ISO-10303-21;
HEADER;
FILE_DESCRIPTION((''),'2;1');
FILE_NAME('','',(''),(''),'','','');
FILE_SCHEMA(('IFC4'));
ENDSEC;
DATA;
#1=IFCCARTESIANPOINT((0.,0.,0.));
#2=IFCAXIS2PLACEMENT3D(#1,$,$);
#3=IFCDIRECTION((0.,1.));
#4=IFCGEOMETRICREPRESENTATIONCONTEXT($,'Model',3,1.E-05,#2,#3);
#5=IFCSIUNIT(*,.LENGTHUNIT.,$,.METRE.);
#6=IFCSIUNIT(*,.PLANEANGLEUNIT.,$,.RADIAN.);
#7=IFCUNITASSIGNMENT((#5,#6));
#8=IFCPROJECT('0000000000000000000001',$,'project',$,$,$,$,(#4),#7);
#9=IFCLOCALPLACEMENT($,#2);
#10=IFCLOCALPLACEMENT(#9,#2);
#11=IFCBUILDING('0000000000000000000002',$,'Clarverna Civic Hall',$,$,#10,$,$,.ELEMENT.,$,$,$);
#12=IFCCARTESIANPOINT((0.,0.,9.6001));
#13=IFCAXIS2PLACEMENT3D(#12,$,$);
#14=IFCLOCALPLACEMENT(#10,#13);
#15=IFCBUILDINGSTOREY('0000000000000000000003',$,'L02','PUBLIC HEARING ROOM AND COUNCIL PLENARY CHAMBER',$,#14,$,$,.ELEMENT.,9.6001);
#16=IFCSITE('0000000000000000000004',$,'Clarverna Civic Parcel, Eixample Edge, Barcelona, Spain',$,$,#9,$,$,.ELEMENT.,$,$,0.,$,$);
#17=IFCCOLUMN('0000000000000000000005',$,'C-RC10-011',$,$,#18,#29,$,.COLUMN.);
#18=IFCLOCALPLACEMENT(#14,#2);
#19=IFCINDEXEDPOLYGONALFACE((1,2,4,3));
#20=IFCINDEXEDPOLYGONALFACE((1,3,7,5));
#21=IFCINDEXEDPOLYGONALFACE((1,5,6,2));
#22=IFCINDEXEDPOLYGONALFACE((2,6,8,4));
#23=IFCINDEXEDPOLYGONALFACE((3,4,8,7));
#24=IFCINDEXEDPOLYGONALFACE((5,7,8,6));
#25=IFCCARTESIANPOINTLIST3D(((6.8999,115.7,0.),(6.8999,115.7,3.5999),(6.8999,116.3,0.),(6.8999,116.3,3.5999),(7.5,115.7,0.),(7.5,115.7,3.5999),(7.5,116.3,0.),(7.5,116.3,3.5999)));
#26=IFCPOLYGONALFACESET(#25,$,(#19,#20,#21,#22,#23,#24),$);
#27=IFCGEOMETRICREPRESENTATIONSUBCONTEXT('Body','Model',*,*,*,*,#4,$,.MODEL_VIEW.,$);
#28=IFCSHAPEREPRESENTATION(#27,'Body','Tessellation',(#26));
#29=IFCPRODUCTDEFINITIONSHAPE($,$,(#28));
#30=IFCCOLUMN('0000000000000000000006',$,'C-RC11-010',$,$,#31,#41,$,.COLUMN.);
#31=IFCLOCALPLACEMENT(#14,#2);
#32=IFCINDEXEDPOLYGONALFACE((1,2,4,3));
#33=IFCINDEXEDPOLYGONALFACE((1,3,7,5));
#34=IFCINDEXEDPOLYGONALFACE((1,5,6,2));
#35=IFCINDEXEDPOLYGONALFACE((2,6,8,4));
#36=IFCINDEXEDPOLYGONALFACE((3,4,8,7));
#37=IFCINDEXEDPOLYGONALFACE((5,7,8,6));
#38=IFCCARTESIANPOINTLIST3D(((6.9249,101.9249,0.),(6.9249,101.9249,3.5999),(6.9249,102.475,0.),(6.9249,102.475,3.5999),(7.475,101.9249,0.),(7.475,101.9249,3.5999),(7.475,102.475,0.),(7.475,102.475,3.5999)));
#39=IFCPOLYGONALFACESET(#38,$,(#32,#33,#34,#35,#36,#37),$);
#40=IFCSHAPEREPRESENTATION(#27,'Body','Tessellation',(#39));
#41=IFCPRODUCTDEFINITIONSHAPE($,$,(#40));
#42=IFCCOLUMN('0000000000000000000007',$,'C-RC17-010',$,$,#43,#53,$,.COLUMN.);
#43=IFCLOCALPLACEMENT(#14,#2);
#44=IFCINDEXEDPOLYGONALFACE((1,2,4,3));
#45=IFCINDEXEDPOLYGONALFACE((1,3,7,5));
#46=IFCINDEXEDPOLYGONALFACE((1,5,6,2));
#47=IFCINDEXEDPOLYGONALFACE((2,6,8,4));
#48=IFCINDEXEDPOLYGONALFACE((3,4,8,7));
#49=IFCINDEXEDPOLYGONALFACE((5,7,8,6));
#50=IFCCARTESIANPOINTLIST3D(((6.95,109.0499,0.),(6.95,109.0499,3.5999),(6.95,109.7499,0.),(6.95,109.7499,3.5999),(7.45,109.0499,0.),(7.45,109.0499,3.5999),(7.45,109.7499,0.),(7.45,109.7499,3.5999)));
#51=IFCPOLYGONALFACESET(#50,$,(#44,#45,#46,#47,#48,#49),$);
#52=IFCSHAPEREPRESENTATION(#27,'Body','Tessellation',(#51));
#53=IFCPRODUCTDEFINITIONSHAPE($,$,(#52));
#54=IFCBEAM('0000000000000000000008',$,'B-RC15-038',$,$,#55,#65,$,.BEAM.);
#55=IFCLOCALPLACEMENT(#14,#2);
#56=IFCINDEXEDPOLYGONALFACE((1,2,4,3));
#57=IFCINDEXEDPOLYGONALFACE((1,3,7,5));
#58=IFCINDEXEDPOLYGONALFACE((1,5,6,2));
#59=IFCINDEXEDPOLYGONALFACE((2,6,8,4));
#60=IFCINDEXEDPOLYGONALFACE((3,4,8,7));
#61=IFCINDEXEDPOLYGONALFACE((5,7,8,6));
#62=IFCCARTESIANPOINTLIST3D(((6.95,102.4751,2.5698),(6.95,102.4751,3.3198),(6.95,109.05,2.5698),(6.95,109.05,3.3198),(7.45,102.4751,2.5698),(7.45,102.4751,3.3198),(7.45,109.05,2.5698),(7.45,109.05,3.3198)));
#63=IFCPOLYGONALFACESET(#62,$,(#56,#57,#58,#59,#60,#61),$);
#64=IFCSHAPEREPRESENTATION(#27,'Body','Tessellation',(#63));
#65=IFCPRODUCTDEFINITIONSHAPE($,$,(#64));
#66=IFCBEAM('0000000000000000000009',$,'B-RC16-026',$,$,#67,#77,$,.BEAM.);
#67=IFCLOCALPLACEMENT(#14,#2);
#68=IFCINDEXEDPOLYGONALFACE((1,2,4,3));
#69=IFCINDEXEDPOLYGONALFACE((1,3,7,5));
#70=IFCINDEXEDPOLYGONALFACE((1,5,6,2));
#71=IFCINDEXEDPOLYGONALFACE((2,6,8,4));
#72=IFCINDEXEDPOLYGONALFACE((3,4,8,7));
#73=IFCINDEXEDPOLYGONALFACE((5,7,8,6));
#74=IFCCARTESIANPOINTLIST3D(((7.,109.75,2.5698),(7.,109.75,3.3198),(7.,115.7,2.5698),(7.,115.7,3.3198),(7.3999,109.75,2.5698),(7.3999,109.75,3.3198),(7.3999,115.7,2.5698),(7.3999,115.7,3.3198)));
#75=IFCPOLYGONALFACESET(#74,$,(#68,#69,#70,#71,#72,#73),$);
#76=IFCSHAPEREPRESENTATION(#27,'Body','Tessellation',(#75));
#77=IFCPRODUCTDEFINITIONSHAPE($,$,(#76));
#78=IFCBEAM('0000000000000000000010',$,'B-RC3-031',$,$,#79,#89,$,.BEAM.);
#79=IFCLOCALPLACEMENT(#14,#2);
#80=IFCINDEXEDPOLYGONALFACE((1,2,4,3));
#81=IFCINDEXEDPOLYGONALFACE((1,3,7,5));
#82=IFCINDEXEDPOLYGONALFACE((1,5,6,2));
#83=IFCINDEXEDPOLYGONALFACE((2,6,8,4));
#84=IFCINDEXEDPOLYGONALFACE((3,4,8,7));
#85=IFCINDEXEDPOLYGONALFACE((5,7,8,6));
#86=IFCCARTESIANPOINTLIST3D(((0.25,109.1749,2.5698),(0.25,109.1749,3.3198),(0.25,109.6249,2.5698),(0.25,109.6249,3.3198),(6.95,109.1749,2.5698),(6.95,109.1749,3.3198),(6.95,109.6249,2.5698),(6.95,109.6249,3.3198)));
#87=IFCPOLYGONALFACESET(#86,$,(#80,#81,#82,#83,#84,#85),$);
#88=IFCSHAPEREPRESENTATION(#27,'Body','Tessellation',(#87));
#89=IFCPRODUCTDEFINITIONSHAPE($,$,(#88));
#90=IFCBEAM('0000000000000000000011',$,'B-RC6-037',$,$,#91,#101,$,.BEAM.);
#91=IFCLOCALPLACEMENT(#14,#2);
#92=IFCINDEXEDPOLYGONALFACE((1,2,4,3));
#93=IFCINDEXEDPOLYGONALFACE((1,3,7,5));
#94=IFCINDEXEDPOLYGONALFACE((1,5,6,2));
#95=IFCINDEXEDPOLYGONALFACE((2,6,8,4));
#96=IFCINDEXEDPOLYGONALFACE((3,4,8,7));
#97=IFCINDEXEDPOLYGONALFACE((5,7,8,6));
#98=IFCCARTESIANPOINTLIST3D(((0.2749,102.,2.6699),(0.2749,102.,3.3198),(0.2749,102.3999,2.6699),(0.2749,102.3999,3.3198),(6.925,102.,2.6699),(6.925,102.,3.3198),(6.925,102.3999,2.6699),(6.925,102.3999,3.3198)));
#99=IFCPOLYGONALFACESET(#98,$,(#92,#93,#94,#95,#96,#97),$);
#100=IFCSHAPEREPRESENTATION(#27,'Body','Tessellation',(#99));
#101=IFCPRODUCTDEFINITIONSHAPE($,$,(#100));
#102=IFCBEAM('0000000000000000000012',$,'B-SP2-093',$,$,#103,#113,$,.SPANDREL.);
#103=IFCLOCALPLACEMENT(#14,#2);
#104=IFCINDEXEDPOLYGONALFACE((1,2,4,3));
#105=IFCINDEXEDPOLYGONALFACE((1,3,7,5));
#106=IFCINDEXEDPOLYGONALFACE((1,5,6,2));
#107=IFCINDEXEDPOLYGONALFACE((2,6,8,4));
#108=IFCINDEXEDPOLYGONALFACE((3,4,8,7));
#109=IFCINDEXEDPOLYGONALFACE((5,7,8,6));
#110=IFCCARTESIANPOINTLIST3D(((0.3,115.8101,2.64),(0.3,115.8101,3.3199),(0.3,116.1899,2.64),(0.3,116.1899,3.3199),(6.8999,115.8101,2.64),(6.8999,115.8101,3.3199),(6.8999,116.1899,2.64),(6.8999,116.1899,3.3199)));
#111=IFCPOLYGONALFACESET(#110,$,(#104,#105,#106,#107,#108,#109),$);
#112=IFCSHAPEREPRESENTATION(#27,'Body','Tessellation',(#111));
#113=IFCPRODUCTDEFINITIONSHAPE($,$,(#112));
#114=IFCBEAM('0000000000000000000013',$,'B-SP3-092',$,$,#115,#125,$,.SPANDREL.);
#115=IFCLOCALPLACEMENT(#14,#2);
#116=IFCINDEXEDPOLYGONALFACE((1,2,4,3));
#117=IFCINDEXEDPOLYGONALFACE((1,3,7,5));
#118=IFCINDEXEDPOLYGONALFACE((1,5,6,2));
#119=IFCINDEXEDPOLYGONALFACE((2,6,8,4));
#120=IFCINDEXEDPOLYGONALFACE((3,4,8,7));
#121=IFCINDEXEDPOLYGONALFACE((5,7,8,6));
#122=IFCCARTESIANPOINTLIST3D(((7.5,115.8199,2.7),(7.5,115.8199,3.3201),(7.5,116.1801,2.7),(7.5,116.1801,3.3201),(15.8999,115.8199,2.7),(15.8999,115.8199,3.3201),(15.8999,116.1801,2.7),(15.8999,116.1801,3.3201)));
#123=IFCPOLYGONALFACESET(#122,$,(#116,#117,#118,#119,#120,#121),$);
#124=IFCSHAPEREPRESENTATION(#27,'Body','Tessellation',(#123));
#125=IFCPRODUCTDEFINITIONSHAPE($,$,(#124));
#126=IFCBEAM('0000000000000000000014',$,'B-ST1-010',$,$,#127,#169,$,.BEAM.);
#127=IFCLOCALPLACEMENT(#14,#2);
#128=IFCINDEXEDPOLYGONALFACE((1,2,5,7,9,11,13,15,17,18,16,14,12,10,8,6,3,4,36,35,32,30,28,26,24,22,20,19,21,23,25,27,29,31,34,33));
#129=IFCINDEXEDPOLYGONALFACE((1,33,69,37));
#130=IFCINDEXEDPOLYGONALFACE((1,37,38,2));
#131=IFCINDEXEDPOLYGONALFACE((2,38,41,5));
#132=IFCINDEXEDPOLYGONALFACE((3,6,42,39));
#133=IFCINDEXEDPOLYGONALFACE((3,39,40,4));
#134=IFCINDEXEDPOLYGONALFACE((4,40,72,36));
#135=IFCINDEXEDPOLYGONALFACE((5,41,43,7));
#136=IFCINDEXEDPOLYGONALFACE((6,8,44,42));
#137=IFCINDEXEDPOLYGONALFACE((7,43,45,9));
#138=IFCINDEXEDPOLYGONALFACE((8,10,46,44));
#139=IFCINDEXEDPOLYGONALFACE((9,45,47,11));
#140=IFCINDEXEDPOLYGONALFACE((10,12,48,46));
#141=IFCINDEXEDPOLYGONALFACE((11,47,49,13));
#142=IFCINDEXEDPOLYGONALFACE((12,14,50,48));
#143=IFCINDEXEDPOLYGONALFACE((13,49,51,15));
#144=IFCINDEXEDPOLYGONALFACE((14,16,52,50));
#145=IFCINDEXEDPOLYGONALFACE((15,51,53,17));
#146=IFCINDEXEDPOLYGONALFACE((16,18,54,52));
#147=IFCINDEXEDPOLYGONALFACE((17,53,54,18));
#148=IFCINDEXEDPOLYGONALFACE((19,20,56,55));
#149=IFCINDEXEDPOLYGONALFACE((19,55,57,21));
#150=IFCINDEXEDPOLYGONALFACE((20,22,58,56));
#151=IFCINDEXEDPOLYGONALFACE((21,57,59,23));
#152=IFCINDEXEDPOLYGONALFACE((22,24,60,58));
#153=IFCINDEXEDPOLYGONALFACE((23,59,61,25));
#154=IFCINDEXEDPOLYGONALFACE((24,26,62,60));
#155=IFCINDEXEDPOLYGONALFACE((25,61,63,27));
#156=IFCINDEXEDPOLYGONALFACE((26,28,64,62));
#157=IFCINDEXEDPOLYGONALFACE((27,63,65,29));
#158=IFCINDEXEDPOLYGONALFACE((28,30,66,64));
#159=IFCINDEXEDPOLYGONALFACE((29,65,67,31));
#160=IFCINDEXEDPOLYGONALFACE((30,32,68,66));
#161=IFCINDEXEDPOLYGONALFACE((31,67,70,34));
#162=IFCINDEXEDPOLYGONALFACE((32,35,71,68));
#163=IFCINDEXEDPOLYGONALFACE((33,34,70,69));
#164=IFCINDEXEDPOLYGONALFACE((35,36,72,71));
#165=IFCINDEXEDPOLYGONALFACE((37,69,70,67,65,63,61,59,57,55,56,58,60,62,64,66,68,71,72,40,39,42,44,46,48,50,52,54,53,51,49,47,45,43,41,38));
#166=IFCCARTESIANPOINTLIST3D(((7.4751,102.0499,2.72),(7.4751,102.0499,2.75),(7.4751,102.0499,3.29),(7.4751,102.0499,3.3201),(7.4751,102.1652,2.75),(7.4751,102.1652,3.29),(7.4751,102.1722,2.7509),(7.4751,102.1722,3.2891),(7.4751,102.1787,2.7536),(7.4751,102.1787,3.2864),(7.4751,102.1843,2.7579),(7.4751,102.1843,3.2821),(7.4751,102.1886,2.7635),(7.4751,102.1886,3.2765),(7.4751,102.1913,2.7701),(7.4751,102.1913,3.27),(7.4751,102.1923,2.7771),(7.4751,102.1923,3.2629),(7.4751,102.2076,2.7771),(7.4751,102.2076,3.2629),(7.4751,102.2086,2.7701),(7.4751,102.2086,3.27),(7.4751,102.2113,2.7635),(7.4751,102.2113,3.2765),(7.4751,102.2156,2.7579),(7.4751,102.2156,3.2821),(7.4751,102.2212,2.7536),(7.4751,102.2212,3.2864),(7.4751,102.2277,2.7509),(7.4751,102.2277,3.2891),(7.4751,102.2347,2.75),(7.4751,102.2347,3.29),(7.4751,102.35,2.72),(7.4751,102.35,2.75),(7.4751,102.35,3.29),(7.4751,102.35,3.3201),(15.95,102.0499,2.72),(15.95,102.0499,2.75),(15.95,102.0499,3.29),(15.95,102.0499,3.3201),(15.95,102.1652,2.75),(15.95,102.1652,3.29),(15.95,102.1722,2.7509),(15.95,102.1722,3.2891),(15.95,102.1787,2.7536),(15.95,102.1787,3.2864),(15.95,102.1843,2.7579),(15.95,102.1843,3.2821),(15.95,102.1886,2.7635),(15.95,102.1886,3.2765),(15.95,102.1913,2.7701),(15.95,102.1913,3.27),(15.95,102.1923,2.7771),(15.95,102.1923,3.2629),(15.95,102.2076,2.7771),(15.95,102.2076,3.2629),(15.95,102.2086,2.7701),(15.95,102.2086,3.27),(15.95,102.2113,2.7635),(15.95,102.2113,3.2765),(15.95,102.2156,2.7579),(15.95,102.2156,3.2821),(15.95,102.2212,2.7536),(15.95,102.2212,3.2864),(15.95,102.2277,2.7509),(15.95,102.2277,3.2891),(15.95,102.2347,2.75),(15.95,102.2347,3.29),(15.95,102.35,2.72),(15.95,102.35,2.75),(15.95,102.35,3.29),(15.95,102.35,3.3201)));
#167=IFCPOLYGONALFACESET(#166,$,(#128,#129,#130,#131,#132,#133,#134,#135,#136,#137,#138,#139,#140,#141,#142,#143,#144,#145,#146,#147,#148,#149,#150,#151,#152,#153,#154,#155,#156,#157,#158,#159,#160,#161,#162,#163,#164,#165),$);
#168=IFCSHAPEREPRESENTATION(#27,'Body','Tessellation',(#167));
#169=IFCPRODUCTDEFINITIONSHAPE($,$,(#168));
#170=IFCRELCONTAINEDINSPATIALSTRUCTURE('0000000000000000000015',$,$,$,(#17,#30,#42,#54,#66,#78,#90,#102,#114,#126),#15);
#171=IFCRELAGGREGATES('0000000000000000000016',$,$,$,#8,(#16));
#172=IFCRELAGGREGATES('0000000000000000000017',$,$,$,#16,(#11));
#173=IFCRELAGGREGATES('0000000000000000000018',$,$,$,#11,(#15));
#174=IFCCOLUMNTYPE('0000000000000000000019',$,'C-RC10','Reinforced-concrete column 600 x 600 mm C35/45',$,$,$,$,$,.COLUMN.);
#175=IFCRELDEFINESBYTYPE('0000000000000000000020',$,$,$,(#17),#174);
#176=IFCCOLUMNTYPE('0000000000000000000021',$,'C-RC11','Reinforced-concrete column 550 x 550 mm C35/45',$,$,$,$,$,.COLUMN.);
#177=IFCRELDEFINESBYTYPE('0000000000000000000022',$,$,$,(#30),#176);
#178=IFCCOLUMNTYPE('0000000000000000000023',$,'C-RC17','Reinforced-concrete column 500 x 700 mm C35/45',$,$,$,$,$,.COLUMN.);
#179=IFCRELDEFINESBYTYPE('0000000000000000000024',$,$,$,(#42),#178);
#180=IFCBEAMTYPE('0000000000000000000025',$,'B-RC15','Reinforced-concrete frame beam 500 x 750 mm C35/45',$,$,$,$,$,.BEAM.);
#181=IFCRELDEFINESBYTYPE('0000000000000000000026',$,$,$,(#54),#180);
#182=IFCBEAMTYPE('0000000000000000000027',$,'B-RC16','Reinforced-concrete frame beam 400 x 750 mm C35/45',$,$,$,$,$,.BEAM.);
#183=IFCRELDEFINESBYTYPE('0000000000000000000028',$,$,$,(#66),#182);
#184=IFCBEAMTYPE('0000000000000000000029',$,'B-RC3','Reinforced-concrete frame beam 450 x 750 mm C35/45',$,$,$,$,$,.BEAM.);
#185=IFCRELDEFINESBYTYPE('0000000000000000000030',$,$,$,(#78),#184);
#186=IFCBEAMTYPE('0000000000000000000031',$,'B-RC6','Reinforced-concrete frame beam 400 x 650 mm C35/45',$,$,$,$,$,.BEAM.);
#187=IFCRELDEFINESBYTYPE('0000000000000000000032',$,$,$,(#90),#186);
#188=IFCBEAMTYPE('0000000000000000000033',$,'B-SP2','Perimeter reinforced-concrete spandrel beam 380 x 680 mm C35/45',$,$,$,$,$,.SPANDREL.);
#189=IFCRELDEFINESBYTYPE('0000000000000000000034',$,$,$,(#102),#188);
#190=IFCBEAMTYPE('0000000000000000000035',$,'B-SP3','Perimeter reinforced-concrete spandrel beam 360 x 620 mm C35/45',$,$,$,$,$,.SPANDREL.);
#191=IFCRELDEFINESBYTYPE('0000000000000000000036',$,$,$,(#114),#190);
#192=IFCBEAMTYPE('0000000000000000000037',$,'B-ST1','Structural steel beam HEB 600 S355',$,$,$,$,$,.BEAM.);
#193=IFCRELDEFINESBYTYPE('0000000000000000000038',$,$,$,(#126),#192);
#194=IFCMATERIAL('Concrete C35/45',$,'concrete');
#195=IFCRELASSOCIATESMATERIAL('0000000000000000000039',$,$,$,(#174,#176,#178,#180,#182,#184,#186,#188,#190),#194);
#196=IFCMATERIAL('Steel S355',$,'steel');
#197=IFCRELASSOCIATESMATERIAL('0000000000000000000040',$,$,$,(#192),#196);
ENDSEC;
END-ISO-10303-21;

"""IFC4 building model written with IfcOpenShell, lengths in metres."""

from ifc_helpers import new_model, si_unit, direction, frame, origin, origin_2d, place, context, subcontext, project, spatial, rectangle, i_section, extrude, material, material_profile, profile_set, type_object, element, save


model = new_model("IFC4")

# Units and contexts
model_context = context("Model", 3, precision=1e-05, world=origin(), true_north=direction((0.0, 1.0)))
body_context = subcontext(model_context, "Body", "Model", "MODEL_VIEW")
ifc_project = project(units=[si_unit("LENGTHUNIT", "METRE"), si_unit("PLANEANGLEUNIT", "RADIAN")], contexts=[model_context])

# Site, building, storey
site_placement = place(None, origin())
site = spatial("IfcSite", under=ifc_project, at=site_placement, Name="Clarverna Civic Parcel, Eixample Edge, Barcelona, Spain", CompositionType="ELEMENT", RefElevation=0.0)
building_placement = place(site_placement, origin())
building = spatial("IfcBuilding", under=site, at=building_placement, Name="Clarverna Civic Hall", CompositionType="ELEMENT")
storey_placement = place(building_placement, frame((0.0, 0.0, 9.6001)))
storey = spatial("IfcBuildingStorey", under=building, at=storey_placement, Name="L02", Description="PUBLIC HEARING ROOM AND COUNCIL PLENARY CHAMBER", CompositionType="ELEMENT", Elevation=9.6001)

# Columns
ifc_material_1 = material(Name="Concrete C35/45", Category="concrete")
ifc_material_profile_1 = material_profile(ifc_material_1, rectangle(XDim=0.6001, YDim=0.6001, at=origin_2d()), Name="RC 600x600")
ifc_profile_set_1 = profile_set([ifc_material_profile_1], Name="Concrete C35/45")
column_type_1 = type_object("IfcColumnType", Name="C-RC10", Description="Reinforced-concrete column 600 x 600 mm C35/45", PredefinedType="COLUMN", material=ifc_profile_set_1)
column_1_placement = place(storey_placement, frame((7.2, 116.0, 0.0), z_axis=(0.0, 0.0, 1.0), x_axis=(1.0, 0.0, 0.0)))
element("IfcColumn", 1, at=column_1_placement, inside=storey, type_object=column_type_1, Name="C-RC10-011", PredefinedType="COLUMN", context=body_context, shape_type="SweptSolid", body=[
    extrude(rectangle(XDim=0.6001, YDim=0.6001, at=origin_2d()), origin(), (0.0, 0.0, 1.0), 3.5999),
])
ifc_material_profile_2 = material_profile(ifc_material_1, rectangle(XDim=0.55, YDim=0.55, at=origin_2d()), Name="RC 550x550")
ifc_profile_set_2 = profile_set([ifc_material_profile_2], Name="Concrete C35/45")
column_type_2 = type_object("IfcColumnType", Name="C-RC11", Description="Reinforced-concrete column 550 x 550 mm C35/45", PredefinedType="COLUMN", material=ifc_profile_set_2)
column_2_placement = place(storey_placement, frame((7.2, 102.2, 0.0), z_axis=(0.0, 0.0, 1.0), x_axis=(1.0, 0.0, 0.0)))
element("IfcColumn", 2, at=column_2_placement, inside=storey, type_object=column_type_2, Name="C-RC11-010", PredefinedType="COLUMN", context=body_context, shape_type="SweptSolid", body=[
    extrude(rectangle(XDim=0.55, YDim=0.55, at=origin_2d()), origin(), (0.0, 0.0, 1.0), 3.5999),
])
ifc_material_profile_3 = material_profile(ifc_material_1, rectangle(XDim=0.5, YDim=0.7, at=origin_2d()), Name="RC 500x700")
ifc_profile_set_3 = profile_set([ifc_material_profile_3], Name="Concrete C35/45")
column_type_3 = type_object("IfcColumnType", Name="C-RC17", Description="Reinforced-concrete column 500 x 700 mm C35/45", PredefinedType="COLUMN", material=ifc_profile_set_3)
column_3_placement = place(storey_placement, frame((7.2, 109.3999, 0.0), z_axis=(0.0, 0.0, 1.0), x_axis=(1.0, 0.0, 0.0)))
element("IfcColumn", 3, at=column_3_placement, inside=storey, type_object=column_type_3, Name="C-RC17-010", PredefinedType="COLUMN", context=body_context, shape_type="SweptSolid", body=[
    extrude(rectangle(XDim=0.5, YDim=0.7, at=origin_2d()), origin(), (0.0, 0.0, 1.0), 3.5999),
])

# Beams
ifc_material_profile_4 = material_profile(ifc_material_1, rectangle(XDim=0.5, YDim=0.75, at=origin_2d()), Name="RC 500x750")
ifc_profile_set_4 = profile_set([ifc_material_profile_4], Name="Concrete C35/45")
beam_type_1 = type_object("IfcBeamType", Name="B-RC15", Description="Reinforced-concrete frame beam 500 x 750 mm C35/45", PredefinedType="BEAM", material=ifc_profile_set_4)
beam_1_placement = place(storey_placement, frame((7.2, 102.4751, 2.9448), z_axis=(0.0, 1.0, 0.0), x_axis=(-1.0, 0.0, 0.0)))
element("IfcBeam", 4, at=beam_1_placement, inside=storey, type_object=beam_type_1, Name="B-RC15-038", PredefinedType="BEAM", context=body_context, shape_type="SweptSolid", body=[
    extrude(rectangle(XDim=0.5, YDim=0.75, at=origin_2d()), origin(), (0.0, 0.0, 1.0), 6.575),
])
ifc_material_profile_5 = material_profile(ifc_material_1, rectangle(XDim=0.3999, YDim=0.75, at=origin_2d()), Name="RC 400x750")
ifc_profile_set_5 = profile_set([ifc_material_profile_5], Name="Concrete C35/45")
beam_type_2 = type_object("IfcBeamType", Name="B-RC16", Description="Reinforced-concrete frame beam 400 x 750 mm C35/45", PredefinedType="BEAM", material=ifc_profile_set_5)
beam_2_placement = place(storey_placement, frame((7.2, 109.75, 2.9448), z_axis=(0.0, 1.0, 0.0), x_axis=(-1.0, 0.0, 0.0)))
element("IfcBeam", 5, at=beam_2_placement, inside=storey, type_object=beam_type_2, Name="B-RC16-026", PredefinedType="BEAM", context=body_context, shape_type="SweptSolid", body=[
    extrude(rectangle(XDim=0.3999, YDim=0.75, at=origin_2d()), origin(), (0.0, 0.0, 1.0), 5.95),
])
ifc_material_profile_6 = material_profile(ifc_material_1, rectangle(XDim=0.45, YDim=0.75, at=origin_2d()), Name="RC 450x750")
ifc_profile_set_6 = profile_set([ifc_material_profile_6], Name="Concrete C35/45")
beam_type_3 = type_object("IfcBeamType", Name="B-RC3", Description="Reinforced-concrete frame beam 450 x 750 mm C35/45", PredefinedType="BEAM", material=ifc_profile_set_6)
beam_3_placement = place(storey_placement, frame((0.25, 109.3999, 2.9448), z_axis=(1.0, 0.0, 0.0), x_axis=(0.0, 1.0, 0.0)))
element("IfcBeam", 6, at=beam_3_placement, inside=storey, type_object=beam_type_3, Name="B-RC3-031", PredefinedType="BEAM", context=body_context, shape_type="SweptSolid", body=[
    extrude(rectangle(XDim=0.45, YDim=0.75, at=origin_2d()), origin(), (0.0, 0.0, 1.0), 6.7),
])
ifc_material_profile_7 = material_profile(ifc_material_1, rectangle(XDim=0.3999, YDim=0.6499, at=origin_2d()), Name="RC 400x650")
ifc_profile_set_7 = profile_set([ifc_material_profile_7], Name="Concrete C35/45")
beam_type_4 = type_object("IfcBeamType", Name="B-RC6", Description="Reinforced-concrete frame beam 400 x 650 mm C35/45", PredefinedType="BEAM", material=ifc_profile_set_7)
beam_4_placement = place(storey_placement, frame((0.2749, 102.2, 2.9949), z_axis=(1.0, 0.0, 0.0), x_axis=(0.0, 1.0, 0.0)))
element("IfcBeam", 7, at=beam_4_placement, inside=storey, type_object=beam_type_4, Name="B-RC6-037", PredefinedType="BEAM", context=body_context, shape_type="SweptSolid", body=[
    extrude(rectangle(XDim=0.3999, YDim=0.6499, at=origin_2d()), origin(), (0.0, 0.0, 1.0), 6.6501),
])
ifc_material_profile_8 = material_profile(ifc_material_1, rectangle(XDim=0.3799, YDim=0.6799, at=origin_2d()), Name="RC 380x680")
ifc_profile_set_8 = profile_set([ifc_material_profile_8], Name="Concrete C35/45")
beam_type_5 = type_object("IfcBeamType", Name="B-SP2", Description="Perimeter reinforced-concrete spandrel beam 380 x 680 mm C35/45", PredefinedType="SPANDREL", material=ifc_profile_set_8)
beam_5_placement = place(storey_placement, frame((0.3, 116.0, 2.98), z_axis=(1.0, 0.0, 0.0), x_axis=(0.0, 1.0, 0.0)))
element("IfcBeam", 8, at=beam_5_placement, inside=storey, type_object=beam_type_5, Name="B-SP2-093", PredefinedType="SPANDREL", context=body_context, shape_type="SweptSolid", body=[
    extrude(rectangle(XDim=0.3799, YDim=0.6799, at=origin_2d()), origin(), (0.0, 0.0, 1.0), 6.5999),
])
ifc_material_profile_9 = material_profile(ifc_material_1, rectangle(XDim=0.3601, YDim=0.6201, at=origin_2d()), Name="RC 360x620")
ifc_profile_set_9 = profile_set([ifc_material_profile_9], Name="Concrete C35/45")
beam_type_6 = type_object("IfcBeamType", Name="B-SP3", Description="Perimeter reinforced-concrete spandrel beam 360 x 620 mm C35/45", PredefinedType="SPANDREL", material=ifc_profile_set_9)
beam_6_placement = place(storey_placement, frame((7.5, 116.0, 3.01), z_axis=(1.0, 0.0, 0.0), x_axis=(0.0, 1.0, 0.0)))
element("IfcBeam", 9, at=beam_6_placement, inside=storey, type_object=beam_type_6, Name="B-SP3-092", PredefinedType="SPANDREL", context=body_context, shape_type="SweptSolid", body=[
    extrude(rectangle(XDim=0.3601, YDim=0.6201, at=origin_2d()), origin(), (0.0, 0.0, 1.0), 8.3999),
])
ifc_material_2 = material(Name="Steel S355", Category="steel")
ifc_material_profile_10 = material_profile(ifc_material_2, i_section(OverallWidth=0.3, OverallDepth=0.6001, WebThickness=0.0154, FlangeThickness=0.03, FilletRadius=0.0271, at=origin_2d()), Name="HEB 600")
ifc_profile_set_10 = profile_set([ifc_material_profile_10], Name="Steel S355")
beam_type_7 = type_object("IfcBeamType", Name="B-ST1", Description="Structural steel beam HEB 600 S355", PredefinedType="BEAM", material=ifc_profile_set_10)
beam_7_placement = place(storey_placement, frame((7.4751, 102.2, 3.02), z_axis=(1.0, 0.0, 0.0), x_axis=(0.0, 1.0, 0.0)))
element("IfcBeam", 10, at=beam_7_placement, inside=storey, type_object=beam_type_7, Name="B-ST1-010", PredefinedType="BEAM", context=body_context, shape_type="SweptSolid", body=[
    extrude(i_section(OverallWidth=0.3, OverallDepth=0.6001, WebThickness=0.0154, FlangeThickness=0.03, FilletRadius=0.0271, at=origin_2d()), origin(), (0.0, 0.0, 1.0), 8.4749),
])

save(model, "model.ifc")
